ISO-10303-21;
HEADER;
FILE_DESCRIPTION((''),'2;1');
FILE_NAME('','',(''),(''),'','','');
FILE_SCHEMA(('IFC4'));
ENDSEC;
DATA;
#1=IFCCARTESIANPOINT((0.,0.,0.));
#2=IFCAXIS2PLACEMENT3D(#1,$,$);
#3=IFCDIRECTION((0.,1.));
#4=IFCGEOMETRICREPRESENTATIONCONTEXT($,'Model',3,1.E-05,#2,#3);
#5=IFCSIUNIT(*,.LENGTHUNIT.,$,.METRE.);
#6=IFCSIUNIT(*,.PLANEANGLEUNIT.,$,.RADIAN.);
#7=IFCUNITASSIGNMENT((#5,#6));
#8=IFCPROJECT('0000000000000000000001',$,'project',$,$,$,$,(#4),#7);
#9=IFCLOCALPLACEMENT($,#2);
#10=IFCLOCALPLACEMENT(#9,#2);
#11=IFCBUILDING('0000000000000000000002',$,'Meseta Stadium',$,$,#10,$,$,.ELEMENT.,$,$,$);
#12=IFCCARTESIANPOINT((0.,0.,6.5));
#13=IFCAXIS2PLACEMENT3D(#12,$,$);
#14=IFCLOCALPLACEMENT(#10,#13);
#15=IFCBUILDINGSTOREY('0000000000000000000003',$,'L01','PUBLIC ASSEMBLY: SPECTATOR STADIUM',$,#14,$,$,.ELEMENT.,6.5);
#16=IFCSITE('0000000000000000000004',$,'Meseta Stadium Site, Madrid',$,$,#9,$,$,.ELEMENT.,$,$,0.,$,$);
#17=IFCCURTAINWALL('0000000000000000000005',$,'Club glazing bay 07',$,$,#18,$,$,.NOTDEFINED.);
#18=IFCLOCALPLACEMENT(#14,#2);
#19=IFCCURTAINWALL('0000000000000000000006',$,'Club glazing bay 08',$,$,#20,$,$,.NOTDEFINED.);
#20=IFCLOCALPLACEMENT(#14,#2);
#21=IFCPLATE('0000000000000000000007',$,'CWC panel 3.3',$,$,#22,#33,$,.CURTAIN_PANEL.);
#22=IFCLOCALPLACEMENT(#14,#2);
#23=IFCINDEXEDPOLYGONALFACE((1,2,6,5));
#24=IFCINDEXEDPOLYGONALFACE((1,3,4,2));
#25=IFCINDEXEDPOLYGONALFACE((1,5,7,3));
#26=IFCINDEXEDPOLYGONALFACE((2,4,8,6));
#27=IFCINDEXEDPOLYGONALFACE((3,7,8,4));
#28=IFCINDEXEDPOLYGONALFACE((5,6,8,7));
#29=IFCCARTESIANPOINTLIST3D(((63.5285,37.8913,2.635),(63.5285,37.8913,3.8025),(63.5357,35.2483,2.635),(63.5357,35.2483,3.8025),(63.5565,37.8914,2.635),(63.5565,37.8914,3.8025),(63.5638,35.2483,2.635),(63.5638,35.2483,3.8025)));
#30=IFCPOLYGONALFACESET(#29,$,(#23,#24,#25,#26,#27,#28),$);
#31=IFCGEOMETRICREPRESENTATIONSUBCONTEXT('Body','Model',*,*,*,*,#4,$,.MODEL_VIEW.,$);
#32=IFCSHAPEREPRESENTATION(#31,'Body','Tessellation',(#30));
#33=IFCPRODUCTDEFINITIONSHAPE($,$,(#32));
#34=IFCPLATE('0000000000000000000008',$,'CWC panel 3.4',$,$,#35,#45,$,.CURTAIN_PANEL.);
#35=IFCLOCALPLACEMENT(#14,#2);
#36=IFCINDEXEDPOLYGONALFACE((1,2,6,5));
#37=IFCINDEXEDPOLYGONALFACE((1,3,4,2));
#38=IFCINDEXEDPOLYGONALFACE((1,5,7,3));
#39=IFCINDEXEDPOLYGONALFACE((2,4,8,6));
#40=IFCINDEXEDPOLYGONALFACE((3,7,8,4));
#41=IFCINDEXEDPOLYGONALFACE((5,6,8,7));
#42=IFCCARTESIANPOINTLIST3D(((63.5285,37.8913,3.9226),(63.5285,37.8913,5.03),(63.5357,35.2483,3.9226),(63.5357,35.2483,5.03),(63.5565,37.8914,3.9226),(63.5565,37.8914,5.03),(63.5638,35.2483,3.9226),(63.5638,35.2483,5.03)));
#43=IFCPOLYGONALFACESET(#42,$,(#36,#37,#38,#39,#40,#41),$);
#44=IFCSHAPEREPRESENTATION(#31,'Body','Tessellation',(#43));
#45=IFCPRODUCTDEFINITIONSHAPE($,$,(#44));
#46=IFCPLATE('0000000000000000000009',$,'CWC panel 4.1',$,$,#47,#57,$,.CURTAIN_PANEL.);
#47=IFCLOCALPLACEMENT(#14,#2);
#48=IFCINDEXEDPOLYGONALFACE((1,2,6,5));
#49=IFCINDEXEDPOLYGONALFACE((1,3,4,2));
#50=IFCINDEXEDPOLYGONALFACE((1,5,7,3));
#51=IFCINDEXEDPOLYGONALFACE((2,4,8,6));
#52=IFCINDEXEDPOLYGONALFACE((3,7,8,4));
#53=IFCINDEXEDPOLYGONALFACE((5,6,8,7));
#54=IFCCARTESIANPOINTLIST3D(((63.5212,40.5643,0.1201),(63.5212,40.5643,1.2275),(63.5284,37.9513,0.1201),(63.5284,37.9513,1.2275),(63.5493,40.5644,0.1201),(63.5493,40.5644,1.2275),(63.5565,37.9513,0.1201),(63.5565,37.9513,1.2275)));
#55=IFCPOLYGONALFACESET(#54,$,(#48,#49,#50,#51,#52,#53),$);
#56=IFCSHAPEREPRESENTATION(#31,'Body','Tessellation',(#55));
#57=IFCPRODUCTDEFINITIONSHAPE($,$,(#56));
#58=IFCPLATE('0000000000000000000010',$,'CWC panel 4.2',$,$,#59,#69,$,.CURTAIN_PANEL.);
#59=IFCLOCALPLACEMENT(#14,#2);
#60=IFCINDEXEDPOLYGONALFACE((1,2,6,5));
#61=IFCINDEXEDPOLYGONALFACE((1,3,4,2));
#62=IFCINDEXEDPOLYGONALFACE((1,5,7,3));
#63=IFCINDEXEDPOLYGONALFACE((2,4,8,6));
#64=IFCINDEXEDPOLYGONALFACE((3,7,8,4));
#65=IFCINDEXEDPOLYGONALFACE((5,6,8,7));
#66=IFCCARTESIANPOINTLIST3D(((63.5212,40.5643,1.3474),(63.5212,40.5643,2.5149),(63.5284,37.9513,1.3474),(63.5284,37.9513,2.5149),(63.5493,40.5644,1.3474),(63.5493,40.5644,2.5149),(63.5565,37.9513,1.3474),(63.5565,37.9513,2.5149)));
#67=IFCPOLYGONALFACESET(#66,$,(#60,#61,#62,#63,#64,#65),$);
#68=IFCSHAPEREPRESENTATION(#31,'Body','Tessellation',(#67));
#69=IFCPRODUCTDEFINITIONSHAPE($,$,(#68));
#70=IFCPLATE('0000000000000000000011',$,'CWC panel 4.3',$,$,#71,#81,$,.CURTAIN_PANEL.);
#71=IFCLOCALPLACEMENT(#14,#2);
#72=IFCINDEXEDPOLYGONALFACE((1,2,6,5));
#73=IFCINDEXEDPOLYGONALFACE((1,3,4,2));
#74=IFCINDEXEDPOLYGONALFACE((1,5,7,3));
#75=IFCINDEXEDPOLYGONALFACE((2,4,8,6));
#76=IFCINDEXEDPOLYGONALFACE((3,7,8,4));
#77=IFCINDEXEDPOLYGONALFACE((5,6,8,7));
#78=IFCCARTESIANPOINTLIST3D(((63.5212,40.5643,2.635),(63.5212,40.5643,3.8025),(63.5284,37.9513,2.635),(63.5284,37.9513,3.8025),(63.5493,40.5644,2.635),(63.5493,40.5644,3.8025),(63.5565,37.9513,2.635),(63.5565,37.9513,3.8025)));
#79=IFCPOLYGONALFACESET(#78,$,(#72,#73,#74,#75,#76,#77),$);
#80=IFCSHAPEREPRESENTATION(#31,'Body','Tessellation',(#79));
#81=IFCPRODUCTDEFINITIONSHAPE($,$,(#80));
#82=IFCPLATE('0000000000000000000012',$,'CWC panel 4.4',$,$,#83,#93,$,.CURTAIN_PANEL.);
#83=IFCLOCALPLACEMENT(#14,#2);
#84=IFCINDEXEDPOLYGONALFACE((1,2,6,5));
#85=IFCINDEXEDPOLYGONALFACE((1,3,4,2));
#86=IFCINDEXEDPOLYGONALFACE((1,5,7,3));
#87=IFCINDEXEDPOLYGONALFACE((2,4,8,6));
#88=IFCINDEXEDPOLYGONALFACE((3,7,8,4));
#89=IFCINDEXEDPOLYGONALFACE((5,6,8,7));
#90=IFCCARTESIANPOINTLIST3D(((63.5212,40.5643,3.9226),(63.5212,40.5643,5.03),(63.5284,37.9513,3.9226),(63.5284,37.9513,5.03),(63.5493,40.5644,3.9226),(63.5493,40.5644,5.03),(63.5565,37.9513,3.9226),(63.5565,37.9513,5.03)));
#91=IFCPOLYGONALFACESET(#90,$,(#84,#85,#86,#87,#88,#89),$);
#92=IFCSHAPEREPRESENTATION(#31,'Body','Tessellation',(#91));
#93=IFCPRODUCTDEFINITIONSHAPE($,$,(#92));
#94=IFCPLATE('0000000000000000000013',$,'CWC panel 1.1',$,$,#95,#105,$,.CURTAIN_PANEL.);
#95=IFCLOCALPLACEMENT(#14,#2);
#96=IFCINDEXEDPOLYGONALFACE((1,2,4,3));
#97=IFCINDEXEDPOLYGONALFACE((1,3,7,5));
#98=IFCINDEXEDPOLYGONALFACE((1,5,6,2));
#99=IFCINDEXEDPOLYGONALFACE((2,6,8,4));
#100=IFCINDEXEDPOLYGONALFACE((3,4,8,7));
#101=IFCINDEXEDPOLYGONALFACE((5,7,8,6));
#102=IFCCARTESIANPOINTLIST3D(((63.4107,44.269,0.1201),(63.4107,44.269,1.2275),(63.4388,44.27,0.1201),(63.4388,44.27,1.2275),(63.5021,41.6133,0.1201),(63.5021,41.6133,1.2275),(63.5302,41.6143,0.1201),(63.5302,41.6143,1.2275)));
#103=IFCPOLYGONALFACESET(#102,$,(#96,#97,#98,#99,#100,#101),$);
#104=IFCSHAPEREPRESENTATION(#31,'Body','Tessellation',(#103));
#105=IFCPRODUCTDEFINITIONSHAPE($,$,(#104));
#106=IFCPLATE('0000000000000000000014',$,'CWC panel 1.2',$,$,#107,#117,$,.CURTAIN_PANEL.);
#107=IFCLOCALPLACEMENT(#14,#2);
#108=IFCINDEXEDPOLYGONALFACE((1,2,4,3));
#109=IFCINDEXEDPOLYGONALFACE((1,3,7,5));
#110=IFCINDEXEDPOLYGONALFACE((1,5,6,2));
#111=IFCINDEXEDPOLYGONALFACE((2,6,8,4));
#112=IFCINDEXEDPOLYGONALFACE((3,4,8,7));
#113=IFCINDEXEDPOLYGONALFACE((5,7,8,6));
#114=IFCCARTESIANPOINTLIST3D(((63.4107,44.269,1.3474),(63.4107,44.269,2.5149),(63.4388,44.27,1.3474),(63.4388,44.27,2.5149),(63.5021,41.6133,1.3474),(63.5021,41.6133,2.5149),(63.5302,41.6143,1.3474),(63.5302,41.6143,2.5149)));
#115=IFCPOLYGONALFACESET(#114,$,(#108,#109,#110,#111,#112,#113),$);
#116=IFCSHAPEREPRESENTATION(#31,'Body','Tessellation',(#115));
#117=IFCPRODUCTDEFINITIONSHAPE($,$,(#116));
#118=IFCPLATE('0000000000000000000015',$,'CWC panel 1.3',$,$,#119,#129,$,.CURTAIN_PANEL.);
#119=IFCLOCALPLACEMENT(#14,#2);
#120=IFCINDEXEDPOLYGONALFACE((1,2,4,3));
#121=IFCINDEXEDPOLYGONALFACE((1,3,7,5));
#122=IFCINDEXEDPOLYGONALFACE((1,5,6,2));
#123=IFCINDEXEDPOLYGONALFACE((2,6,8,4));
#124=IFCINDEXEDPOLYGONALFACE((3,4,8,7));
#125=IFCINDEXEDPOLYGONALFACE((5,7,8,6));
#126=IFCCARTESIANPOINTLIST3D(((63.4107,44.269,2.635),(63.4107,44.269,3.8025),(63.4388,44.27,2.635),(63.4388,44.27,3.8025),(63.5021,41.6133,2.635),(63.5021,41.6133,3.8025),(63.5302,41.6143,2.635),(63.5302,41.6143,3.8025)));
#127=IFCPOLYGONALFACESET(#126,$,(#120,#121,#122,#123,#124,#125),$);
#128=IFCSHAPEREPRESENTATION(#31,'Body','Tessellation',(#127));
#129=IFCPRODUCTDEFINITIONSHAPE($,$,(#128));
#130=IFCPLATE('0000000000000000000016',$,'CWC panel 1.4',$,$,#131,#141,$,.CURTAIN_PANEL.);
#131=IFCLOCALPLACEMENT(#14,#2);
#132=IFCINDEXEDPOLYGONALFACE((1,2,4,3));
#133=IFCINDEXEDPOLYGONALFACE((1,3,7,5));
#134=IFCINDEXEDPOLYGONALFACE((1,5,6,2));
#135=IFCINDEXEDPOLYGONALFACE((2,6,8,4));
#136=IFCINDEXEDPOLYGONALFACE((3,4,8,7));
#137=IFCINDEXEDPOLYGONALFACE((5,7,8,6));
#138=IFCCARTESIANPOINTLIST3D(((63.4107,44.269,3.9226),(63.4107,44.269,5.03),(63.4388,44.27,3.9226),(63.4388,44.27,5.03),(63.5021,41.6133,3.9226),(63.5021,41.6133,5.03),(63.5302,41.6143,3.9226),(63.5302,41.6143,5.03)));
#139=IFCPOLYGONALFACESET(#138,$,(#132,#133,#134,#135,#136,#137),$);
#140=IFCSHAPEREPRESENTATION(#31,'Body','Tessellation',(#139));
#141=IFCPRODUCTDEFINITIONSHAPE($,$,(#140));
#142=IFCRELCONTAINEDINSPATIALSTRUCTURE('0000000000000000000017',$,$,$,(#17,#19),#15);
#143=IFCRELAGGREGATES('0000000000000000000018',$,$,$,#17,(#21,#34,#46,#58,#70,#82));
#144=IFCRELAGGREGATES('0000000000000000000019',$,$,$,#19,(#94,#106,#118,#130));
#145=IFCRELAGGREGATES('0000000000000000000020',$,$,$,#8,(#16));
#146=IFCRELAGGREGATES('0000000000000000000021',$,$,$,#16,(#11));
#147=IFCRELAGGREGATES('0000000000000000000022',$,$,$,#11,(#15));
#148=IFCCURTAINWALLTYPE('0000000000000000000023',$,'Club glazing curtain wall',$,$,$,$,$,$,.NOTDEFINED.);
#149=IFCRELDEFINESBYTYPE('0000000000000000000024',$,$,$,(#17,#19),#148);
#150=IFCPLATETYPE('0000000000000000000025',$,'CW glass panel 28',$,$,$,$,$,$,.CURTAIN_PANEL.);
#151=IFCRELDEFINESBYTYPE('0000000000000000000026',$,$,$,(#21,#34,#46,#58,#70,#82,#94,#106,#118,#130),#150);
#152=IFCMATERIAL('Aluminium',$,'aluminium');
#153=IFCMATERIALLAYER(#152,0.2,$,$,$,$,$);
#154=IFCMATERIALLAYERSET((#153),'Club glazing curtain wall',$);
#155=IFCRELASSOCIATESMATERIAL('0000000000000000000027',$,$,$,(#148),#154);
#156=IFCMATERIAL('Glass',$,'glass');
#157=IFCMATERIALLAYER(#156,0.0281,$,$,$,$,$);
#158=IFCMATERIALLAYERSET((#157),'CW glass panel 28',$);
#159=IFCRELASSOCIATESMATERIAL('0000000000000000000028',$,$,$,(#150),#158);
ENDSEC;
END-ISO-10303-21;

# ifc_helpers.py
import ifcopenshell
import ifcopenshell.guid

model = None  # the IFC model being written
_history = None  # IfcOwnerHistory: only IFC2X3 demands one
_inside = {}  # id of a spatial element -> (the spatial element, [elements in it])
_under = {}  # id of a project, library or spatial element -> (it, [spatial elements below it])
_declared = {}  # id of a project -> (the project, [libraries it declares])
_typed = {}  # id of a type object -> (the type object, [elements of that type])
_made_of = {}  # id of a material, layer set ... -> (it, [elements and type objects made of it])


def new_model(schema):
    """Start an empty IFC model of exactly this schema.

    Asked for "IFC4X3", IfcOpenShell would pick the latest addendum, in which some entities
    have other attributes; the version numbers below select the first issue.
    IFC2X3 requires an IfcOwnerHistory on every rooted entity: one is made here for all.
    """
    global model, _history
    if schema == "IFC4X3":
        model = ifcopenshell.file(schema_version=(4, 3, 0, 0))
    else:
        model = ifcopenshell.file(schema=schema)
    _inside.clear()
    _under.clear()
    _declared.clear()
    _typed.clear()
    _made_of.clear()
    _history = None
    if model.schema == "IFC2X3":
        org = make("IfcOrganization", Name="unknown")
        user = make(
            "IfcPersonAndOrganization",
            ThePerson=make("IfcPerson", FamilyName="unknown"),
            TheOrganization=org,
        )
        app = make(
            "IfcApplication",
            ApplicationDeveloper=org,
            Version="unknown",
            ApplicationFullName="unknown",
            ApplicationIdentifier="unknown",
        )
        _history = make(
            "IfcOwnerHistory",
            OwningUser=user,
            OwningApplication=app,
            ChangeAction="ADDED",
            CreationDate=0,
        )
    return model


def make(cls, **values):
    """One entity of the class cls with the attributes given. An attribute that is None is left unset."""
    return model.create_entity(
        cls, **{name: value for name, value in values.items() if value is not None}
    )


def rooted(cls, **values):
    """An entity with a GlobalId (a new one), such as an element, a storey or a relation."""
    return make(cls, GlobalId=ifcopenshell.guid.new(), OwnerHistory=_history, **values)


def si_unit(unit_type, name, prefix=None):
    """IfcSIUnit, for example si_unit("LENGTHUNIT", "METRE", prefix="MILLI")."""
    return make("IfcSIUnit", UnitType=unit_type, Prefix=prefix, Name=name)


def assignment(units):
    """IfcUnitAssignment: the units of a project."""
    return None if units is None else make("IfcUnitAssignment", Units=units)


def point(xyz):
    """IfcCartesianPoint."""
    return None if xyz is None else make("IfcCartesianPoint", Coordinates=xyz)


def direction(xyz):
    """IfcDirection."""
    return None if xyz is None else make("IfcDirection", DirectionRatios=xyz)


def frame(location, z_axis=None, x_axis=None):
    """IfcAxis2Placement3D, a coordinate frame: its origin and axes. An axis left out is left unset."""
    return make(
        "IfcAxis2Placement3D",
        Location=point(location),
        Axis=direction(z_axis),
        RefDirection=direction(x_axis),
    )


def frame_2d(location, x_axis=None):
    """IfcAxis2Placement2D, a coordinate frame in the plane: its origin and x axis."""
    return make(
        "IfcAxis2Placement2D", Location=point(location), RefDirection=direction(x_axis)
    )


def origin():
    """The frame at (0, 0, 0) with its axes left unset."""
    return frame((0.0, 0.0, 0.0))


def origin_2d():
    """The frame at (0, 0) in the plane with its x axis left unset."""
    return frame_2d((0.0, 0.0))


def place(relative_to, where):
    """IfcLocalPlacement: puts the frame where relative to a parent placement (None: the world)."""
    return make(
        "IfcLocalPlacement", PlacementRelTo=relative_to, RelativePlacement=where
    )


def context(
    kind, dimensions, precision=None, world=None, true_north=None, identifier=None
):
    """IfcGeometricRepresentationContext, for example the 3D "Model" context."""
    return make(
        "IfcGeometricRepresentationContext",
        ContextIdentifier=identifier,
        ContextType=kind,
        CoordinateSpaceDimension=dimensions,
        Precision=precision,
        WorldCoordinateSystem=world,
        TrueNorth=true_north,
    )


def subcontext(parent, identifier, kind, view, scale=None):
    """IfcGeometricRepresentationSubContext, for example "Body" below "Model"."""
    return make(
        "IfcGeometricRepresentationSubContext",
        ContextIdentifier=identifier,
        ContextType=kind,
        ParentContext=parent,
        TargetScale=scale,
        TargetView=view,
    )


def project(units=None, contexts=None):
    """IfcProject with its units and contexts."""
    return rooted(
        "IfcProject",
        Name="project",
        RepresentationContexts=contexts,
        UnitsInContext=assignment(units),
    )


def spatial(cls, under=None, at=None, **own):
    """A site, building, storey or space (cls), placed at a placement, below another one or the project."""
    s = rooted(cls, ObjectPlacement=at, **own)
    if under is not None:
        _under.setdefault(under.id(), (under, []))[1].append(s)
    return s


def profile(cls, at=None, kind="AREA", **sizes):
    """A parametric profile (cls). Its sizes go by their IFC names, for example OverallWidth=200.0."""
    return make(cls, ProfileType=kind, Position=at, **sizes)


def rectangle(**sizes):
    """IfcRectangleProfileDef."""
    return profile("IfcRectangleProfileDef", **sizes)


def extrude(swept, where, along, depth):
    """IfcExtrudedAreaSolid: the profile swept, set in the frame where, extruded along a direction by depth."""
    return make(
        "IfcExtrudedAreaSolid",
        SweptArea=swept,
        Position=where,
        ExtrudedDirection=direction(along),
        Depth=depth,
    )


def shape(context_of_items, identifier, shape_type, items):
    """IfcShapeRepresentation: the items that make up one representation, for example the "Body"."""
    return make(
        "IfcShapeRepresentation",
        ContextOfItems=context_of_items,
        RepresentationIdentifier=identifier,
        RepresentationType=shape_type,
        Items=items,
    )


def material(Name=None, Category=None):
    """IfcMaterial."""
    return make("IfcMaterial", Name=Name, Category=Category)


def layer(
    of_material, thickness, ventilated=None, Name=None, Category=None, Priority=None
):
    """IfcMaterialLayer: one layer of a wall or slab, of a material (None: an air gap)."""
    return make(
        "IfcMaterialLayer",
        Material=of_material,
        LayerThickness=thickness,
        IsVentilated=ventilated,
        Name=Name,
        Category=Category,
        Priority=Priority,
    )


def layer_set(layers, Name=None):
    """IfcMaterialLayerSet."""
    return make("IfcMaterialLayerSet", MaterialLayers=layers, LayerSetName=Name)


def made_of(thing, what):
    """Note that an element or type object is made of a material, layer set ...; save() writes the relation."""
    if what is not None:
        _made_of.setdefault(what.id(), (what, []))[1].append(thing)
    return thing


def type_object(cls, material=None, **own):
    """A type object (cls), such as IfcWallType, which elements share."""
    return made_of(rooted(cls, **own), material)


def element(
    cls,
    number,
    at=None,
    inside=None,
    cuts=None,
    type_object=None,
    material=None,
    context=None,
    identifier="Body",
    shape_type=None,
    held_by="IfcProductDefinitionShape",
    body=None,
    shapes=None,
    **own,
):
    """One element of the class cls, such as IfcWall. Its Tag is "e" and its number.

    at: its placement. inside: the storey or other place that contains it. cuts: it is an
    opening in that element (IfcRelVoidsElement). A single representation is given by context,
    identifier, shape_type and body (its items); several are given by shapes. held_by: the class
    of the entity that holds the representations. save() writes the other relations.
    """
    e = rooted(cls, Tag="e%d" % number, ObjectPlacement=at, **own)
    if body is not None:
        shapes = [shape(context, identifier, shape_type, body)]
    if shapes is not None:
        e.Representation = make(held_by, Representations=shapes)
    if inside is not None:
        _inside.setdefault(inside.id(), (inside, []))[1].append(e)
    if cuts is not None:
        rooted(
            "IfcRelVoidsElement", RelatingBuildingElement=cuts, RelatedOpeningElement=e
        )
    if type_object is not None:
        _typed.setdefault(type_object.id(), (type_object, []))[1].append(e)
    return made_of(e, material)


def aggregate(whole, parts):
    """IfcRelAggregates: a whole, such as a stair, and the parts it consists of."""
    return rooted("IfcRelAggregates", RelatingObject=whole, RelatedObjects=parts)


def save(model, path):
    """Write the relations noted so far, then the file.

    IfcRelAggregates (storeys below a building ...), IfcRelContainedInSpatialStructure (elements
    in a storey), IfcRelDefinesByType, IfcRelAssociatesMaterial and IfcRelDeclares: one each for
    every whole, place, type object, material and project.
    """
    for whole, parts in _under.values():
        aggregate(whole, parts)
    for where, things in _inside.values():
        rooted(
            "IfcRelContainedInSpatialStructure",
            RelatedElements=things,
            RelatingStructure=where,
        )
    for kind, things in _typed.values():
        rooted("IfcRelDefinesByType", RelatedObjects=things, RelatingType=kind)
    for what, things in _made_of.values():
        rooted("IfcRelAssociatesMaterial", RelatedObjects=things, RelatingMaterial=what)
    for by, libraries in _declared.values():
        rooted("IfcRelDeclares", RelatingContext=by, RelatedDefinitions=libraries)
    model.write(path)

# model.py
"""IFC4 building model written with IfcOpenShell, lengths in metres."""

from ifc_helpers import new_model, si_unit, direction, frame, origin, origin_2d, place, context, subcontext, project, spatial, rectangle, extrude, material, layer, layer_set, type_object, element, aggregate, save


model = new_model("IFC4")

# Units and contexts
model_context = context("Model", 3, precision=1e-05, world=origin(), true_north=direction((0.0, 1.0)))
body_context = subcontext(model_context, "Body", "Model", "MODEL_VIEW")
ifc_project = project(units=[si_unit("LENGTHUNIT", "METRE"), si_unit("PLANEANGLEUNIT", "RADIAN")], contexts=[model_context])

# Site, building, storey
site_placement = place(None, origin())
site = spatial("IfcSite", under=ifc_project, at=site_placement, Name="Meseta Stadium Site, Madrid", CompositionType="ELEMENT", RefElevation=0.0)
building_placement = place(site_placement, origin())
building = spatial("IfcBuilding", under=site, at=building_placement, Name="Meseta Stadium", CompositionType="ELEMENT")
storey_placement = place(building_placement, frame((0.0, 0.0, 6.5)))
storey = spatial("IfcBuildingStorey", under=building, at=storey_placement, Name="L01", Description="PUBLIC ASSEMBLY: SPECTATOR STADIUM", CompositionType="ELEMENT", Elevation=6.5)

# Curtain walls
ifc_material_1 = material(Name="Aluminium", Category="aluminium")
ifc_layer_1 = layer(ifc_material_1, 0.2)
ifc_layer_set_1 = layer_set([ifc_layer_1], Name="Club glazing curtain wall")
curtain_wall_type = type_object("IfcCurtainWallType", Name="Club glazing curtain wall", PredefinedType="NOTDEFINED", material=ifc_layer_set_1)
curtain_wall_1_placement = place(storey_placement, origin())
curtain_wall_1 = element("IfcCurtainWall", 1, at=curtain_wall_1_placement, inside=storey, type_object=curtain_wall_type, Name="Club glazing bay 07", PredefinedType="NOTDEFINED")
curtain_wall_2_placement = place(storey_placement, origin())
curtain_wall_2 = element("IfcCurtainWall", 2, at=curtain_wall_2_placement, inside=storey, type_object=curtain_wall_type, Name="Club glazing bay 08", PredefinedType="NOTDEFINED")

# Plates
ifc_material_2 = material(Name="Glass", Category="glass")
ifc_layer_2 = layer(ifc_material_2, 0.0281)
ifc_layer_set_2 = layer_set([ifc_layer_2], Name="CW glass panel 28")
plate_type = type_object("IfcPlateType", Name="CW glass panel 28", PredefinedType="CURTAIN_PANEL", material=ifc_layer_set_2)
plate_1_placement = place(storey_placement, frame((63.5461, 36.5698, 2.635), z_axis=(0.0, 0.0, 1.0), x_axis=(-0.002758, 0.999996, 0.0)))
plate_1 = element("IfcPlate", 3, at=plate_1_placement, type_object=plate_type, Name="CWC panel 3.3", PredefinedType="CURTAIN_PANEL", context=body_context, shape_type="SweptSolid", body=[
    extrude(rectangle(XDim=2.6431, YDim=0.0281, at=origin_2d()), origin(), (0.0, 0.0, 1.0), 1.1675),
])
plate_2_placement = place(storey_placement, frame((63.5461, 36.5698, 3.9226), z_axis=(0.0, 0.0, 1.0), x_axis=(-0.002758, 0.999996, 0.0)))
plate_2 = element("IfcPlate", 4, at=plate_2_placement, type_object=plate_type, Name="CWC panel 3.4", PredefinedType="CURTAIN_PANEL", context=body_context, shape_type="SweptSolid", body=[
    extrude(rectangle(XDim=2.6431, YDim=0.0281, at=origin_2d()), origin(), (0.0, 0.0, 1.0), 1.1074),
])
plate_3_placement = place(storey_placement, frame((63.5388, 39.2578, 0.1201), z_axis=(0.0, 0.0, 1.0), x_axis=(-0.002758, 0.999996, 0.0)))
plate_3 = element("IfcPlate", 5, at=plate_3_placement, type_object=plate_type, Name="CWC panel 4.1", PredefinedType="CURTAIN_PANEL", context=body_context, shape_type="SweptSolid", body=[
    extrude(rectangle(XDim=2.613, YDim=0.0281, at=origin_2d()), origin(), (0.0, 0.0, 1.0), 1.1074),
])
plate_4_placement = place(storey_placement, frame((63.5388, 39.2578, 1.3474), z_axis=(0.0, 0.0, 1.0), x_axis=(-0.002758, 0.999996, 0.0)))
plate_4 = element("IfcPlate", 6, at=plate_4_placement, type_object=plate_type, Name="CWC panel 4.2", PredefinedType="CURTAIN_PANEL", context=body_context, shape_type="SweptSolid", body=[
    extrude(rectangle(XDim=2.613, YDim=0.0281, at=origin_2d()), origin(), (0.0, 0.0, 1.0), 1.1675),
])
plate_5_placement = place(storey_placement, frame((63.5388, 39.2578, 2.635), z_axis=(0.0, 0.0, 1.0), x_axis=(-0.002758, 0.999996, 0.0)))
plate_5 = element("IfcPlate", 7, at=plate_5_placement, type_object=plate_type, Name="CWC panel 4.3", PredefinedType="CURTAIN_PANEL", context=body_context, shape_type="SweptSolid", body=[
    extrude(rectangle(XDim=2.613, YDim=0.0281, at=origin_2d()), origin(), (0.0, 0.0, 1.0), 1.1675),
])
plate_6_placement = place(storey_placement, frame((63.5388, 39.2578, 3.9226), z_axis=(0.0, 0.0, 1.0), x_axis=(-0.002758, 0.999996, 0.0)))
plate_6 = element("IfcPlate", 8, at=plate_6_placement, type_object=plate_type, Name="CWC panel 4.4", PredefinedType="CURTAIN_PANEL", context=body_context, shape_type="SweptSolid", body=[
    extrude(rectangle(XDim=2.613, YDim=0.0281, at=origin_2d()), origin(), (0.0, 0.0, 1.0), 1.1074),
])
aggregate(curtain_wall_1, [plate_1, plate_2, plate_3, plate_4, plate_5, plate_6])
plate_7_placement = place(storey_placement, frame((63.4705, 42.9417, 0.1201), z_axis=(0.0, 0.0, 1.0), x_axis=(-0.034398, 0.999408, 0.0)))
plate_7 = element("IfcPlate", 9, at=plate_7_placement, type_object=plate_type, Name="CWC panel 1.1", PredefinedType="CURTAIN_PANEL", context=body_context, shape_type="SweptSolid", body=[
    extrude(rectangle(XDim=2.6572, YDim=0.0281, at=origin_2d()), origin(), (0.0, 0.0, 1.0), 1.1074),
])
plate_8_placement = place(storey_placement, frame((63.4705, 42.9417, 1.3474), z_axis=(0.0, 0.0, 1.0), x_axis=(-0.034398, 0.999408, 0.0)))
plate_8 = element("IfcPlate", 10, at=plate_8_placement, type_object=plate_type, Name="CWC panel 1.2", PredefinedType="CURTAIN_PANEL", context=body_context, shape_type="SweptSolid", body=[
    extrude(rectangle(XDim=2.6572, YDim=0.0281, at=origin_2d()), origin(), (0.0, 0.0, 1.0), 1.1675),
])
plate_9_placement = place(storey_placement, frame((63.4705, 42.9417, 2.635), z_axis=(0.0, 0.0, 1.0), x_axis=(-0.034398, 0.999408, 0.0)))
plate_9 = element("IfcPlate", 11, at=plate_9_placement, type_object=plate_type, Name="CWC panel 1.3", PredefinedType="CURTAIN_PANEL", context=body_context, shape_type="SweptSolid", body=[
    extrude(rectangle(XDim=2.6572, YDim=0.0281, at=origin_2d()), origin(), (0.0, 0.0, 1.0), 1.1675),
])
plate_10_placement = place(storey_placement, frame((63.4705, 42.9417, 3.9226), z_axis=(0.0, 0.0, 1.0), x_axis=(-0.034398, 0.999408, 0.0)))
plate_10 = element("IfcPlate", 12, at=plate_10_placement, type_object=plate_type, Name="CWC panel 1.4", PredefinedType="CURTAIN_PANEL", context=body_context, shape_type="SweptSolid", body=[
    extrude(rectangle(XDim=2.6572, YDim=0.0281, at=origin_2d()), origin(), (0.0, 0.0, 1.0), 1.1074),
])
aggregate(curtain_wall_2, [plate_7, plate_8, plate_9, plate_10])

save(model, "model.ifc")
